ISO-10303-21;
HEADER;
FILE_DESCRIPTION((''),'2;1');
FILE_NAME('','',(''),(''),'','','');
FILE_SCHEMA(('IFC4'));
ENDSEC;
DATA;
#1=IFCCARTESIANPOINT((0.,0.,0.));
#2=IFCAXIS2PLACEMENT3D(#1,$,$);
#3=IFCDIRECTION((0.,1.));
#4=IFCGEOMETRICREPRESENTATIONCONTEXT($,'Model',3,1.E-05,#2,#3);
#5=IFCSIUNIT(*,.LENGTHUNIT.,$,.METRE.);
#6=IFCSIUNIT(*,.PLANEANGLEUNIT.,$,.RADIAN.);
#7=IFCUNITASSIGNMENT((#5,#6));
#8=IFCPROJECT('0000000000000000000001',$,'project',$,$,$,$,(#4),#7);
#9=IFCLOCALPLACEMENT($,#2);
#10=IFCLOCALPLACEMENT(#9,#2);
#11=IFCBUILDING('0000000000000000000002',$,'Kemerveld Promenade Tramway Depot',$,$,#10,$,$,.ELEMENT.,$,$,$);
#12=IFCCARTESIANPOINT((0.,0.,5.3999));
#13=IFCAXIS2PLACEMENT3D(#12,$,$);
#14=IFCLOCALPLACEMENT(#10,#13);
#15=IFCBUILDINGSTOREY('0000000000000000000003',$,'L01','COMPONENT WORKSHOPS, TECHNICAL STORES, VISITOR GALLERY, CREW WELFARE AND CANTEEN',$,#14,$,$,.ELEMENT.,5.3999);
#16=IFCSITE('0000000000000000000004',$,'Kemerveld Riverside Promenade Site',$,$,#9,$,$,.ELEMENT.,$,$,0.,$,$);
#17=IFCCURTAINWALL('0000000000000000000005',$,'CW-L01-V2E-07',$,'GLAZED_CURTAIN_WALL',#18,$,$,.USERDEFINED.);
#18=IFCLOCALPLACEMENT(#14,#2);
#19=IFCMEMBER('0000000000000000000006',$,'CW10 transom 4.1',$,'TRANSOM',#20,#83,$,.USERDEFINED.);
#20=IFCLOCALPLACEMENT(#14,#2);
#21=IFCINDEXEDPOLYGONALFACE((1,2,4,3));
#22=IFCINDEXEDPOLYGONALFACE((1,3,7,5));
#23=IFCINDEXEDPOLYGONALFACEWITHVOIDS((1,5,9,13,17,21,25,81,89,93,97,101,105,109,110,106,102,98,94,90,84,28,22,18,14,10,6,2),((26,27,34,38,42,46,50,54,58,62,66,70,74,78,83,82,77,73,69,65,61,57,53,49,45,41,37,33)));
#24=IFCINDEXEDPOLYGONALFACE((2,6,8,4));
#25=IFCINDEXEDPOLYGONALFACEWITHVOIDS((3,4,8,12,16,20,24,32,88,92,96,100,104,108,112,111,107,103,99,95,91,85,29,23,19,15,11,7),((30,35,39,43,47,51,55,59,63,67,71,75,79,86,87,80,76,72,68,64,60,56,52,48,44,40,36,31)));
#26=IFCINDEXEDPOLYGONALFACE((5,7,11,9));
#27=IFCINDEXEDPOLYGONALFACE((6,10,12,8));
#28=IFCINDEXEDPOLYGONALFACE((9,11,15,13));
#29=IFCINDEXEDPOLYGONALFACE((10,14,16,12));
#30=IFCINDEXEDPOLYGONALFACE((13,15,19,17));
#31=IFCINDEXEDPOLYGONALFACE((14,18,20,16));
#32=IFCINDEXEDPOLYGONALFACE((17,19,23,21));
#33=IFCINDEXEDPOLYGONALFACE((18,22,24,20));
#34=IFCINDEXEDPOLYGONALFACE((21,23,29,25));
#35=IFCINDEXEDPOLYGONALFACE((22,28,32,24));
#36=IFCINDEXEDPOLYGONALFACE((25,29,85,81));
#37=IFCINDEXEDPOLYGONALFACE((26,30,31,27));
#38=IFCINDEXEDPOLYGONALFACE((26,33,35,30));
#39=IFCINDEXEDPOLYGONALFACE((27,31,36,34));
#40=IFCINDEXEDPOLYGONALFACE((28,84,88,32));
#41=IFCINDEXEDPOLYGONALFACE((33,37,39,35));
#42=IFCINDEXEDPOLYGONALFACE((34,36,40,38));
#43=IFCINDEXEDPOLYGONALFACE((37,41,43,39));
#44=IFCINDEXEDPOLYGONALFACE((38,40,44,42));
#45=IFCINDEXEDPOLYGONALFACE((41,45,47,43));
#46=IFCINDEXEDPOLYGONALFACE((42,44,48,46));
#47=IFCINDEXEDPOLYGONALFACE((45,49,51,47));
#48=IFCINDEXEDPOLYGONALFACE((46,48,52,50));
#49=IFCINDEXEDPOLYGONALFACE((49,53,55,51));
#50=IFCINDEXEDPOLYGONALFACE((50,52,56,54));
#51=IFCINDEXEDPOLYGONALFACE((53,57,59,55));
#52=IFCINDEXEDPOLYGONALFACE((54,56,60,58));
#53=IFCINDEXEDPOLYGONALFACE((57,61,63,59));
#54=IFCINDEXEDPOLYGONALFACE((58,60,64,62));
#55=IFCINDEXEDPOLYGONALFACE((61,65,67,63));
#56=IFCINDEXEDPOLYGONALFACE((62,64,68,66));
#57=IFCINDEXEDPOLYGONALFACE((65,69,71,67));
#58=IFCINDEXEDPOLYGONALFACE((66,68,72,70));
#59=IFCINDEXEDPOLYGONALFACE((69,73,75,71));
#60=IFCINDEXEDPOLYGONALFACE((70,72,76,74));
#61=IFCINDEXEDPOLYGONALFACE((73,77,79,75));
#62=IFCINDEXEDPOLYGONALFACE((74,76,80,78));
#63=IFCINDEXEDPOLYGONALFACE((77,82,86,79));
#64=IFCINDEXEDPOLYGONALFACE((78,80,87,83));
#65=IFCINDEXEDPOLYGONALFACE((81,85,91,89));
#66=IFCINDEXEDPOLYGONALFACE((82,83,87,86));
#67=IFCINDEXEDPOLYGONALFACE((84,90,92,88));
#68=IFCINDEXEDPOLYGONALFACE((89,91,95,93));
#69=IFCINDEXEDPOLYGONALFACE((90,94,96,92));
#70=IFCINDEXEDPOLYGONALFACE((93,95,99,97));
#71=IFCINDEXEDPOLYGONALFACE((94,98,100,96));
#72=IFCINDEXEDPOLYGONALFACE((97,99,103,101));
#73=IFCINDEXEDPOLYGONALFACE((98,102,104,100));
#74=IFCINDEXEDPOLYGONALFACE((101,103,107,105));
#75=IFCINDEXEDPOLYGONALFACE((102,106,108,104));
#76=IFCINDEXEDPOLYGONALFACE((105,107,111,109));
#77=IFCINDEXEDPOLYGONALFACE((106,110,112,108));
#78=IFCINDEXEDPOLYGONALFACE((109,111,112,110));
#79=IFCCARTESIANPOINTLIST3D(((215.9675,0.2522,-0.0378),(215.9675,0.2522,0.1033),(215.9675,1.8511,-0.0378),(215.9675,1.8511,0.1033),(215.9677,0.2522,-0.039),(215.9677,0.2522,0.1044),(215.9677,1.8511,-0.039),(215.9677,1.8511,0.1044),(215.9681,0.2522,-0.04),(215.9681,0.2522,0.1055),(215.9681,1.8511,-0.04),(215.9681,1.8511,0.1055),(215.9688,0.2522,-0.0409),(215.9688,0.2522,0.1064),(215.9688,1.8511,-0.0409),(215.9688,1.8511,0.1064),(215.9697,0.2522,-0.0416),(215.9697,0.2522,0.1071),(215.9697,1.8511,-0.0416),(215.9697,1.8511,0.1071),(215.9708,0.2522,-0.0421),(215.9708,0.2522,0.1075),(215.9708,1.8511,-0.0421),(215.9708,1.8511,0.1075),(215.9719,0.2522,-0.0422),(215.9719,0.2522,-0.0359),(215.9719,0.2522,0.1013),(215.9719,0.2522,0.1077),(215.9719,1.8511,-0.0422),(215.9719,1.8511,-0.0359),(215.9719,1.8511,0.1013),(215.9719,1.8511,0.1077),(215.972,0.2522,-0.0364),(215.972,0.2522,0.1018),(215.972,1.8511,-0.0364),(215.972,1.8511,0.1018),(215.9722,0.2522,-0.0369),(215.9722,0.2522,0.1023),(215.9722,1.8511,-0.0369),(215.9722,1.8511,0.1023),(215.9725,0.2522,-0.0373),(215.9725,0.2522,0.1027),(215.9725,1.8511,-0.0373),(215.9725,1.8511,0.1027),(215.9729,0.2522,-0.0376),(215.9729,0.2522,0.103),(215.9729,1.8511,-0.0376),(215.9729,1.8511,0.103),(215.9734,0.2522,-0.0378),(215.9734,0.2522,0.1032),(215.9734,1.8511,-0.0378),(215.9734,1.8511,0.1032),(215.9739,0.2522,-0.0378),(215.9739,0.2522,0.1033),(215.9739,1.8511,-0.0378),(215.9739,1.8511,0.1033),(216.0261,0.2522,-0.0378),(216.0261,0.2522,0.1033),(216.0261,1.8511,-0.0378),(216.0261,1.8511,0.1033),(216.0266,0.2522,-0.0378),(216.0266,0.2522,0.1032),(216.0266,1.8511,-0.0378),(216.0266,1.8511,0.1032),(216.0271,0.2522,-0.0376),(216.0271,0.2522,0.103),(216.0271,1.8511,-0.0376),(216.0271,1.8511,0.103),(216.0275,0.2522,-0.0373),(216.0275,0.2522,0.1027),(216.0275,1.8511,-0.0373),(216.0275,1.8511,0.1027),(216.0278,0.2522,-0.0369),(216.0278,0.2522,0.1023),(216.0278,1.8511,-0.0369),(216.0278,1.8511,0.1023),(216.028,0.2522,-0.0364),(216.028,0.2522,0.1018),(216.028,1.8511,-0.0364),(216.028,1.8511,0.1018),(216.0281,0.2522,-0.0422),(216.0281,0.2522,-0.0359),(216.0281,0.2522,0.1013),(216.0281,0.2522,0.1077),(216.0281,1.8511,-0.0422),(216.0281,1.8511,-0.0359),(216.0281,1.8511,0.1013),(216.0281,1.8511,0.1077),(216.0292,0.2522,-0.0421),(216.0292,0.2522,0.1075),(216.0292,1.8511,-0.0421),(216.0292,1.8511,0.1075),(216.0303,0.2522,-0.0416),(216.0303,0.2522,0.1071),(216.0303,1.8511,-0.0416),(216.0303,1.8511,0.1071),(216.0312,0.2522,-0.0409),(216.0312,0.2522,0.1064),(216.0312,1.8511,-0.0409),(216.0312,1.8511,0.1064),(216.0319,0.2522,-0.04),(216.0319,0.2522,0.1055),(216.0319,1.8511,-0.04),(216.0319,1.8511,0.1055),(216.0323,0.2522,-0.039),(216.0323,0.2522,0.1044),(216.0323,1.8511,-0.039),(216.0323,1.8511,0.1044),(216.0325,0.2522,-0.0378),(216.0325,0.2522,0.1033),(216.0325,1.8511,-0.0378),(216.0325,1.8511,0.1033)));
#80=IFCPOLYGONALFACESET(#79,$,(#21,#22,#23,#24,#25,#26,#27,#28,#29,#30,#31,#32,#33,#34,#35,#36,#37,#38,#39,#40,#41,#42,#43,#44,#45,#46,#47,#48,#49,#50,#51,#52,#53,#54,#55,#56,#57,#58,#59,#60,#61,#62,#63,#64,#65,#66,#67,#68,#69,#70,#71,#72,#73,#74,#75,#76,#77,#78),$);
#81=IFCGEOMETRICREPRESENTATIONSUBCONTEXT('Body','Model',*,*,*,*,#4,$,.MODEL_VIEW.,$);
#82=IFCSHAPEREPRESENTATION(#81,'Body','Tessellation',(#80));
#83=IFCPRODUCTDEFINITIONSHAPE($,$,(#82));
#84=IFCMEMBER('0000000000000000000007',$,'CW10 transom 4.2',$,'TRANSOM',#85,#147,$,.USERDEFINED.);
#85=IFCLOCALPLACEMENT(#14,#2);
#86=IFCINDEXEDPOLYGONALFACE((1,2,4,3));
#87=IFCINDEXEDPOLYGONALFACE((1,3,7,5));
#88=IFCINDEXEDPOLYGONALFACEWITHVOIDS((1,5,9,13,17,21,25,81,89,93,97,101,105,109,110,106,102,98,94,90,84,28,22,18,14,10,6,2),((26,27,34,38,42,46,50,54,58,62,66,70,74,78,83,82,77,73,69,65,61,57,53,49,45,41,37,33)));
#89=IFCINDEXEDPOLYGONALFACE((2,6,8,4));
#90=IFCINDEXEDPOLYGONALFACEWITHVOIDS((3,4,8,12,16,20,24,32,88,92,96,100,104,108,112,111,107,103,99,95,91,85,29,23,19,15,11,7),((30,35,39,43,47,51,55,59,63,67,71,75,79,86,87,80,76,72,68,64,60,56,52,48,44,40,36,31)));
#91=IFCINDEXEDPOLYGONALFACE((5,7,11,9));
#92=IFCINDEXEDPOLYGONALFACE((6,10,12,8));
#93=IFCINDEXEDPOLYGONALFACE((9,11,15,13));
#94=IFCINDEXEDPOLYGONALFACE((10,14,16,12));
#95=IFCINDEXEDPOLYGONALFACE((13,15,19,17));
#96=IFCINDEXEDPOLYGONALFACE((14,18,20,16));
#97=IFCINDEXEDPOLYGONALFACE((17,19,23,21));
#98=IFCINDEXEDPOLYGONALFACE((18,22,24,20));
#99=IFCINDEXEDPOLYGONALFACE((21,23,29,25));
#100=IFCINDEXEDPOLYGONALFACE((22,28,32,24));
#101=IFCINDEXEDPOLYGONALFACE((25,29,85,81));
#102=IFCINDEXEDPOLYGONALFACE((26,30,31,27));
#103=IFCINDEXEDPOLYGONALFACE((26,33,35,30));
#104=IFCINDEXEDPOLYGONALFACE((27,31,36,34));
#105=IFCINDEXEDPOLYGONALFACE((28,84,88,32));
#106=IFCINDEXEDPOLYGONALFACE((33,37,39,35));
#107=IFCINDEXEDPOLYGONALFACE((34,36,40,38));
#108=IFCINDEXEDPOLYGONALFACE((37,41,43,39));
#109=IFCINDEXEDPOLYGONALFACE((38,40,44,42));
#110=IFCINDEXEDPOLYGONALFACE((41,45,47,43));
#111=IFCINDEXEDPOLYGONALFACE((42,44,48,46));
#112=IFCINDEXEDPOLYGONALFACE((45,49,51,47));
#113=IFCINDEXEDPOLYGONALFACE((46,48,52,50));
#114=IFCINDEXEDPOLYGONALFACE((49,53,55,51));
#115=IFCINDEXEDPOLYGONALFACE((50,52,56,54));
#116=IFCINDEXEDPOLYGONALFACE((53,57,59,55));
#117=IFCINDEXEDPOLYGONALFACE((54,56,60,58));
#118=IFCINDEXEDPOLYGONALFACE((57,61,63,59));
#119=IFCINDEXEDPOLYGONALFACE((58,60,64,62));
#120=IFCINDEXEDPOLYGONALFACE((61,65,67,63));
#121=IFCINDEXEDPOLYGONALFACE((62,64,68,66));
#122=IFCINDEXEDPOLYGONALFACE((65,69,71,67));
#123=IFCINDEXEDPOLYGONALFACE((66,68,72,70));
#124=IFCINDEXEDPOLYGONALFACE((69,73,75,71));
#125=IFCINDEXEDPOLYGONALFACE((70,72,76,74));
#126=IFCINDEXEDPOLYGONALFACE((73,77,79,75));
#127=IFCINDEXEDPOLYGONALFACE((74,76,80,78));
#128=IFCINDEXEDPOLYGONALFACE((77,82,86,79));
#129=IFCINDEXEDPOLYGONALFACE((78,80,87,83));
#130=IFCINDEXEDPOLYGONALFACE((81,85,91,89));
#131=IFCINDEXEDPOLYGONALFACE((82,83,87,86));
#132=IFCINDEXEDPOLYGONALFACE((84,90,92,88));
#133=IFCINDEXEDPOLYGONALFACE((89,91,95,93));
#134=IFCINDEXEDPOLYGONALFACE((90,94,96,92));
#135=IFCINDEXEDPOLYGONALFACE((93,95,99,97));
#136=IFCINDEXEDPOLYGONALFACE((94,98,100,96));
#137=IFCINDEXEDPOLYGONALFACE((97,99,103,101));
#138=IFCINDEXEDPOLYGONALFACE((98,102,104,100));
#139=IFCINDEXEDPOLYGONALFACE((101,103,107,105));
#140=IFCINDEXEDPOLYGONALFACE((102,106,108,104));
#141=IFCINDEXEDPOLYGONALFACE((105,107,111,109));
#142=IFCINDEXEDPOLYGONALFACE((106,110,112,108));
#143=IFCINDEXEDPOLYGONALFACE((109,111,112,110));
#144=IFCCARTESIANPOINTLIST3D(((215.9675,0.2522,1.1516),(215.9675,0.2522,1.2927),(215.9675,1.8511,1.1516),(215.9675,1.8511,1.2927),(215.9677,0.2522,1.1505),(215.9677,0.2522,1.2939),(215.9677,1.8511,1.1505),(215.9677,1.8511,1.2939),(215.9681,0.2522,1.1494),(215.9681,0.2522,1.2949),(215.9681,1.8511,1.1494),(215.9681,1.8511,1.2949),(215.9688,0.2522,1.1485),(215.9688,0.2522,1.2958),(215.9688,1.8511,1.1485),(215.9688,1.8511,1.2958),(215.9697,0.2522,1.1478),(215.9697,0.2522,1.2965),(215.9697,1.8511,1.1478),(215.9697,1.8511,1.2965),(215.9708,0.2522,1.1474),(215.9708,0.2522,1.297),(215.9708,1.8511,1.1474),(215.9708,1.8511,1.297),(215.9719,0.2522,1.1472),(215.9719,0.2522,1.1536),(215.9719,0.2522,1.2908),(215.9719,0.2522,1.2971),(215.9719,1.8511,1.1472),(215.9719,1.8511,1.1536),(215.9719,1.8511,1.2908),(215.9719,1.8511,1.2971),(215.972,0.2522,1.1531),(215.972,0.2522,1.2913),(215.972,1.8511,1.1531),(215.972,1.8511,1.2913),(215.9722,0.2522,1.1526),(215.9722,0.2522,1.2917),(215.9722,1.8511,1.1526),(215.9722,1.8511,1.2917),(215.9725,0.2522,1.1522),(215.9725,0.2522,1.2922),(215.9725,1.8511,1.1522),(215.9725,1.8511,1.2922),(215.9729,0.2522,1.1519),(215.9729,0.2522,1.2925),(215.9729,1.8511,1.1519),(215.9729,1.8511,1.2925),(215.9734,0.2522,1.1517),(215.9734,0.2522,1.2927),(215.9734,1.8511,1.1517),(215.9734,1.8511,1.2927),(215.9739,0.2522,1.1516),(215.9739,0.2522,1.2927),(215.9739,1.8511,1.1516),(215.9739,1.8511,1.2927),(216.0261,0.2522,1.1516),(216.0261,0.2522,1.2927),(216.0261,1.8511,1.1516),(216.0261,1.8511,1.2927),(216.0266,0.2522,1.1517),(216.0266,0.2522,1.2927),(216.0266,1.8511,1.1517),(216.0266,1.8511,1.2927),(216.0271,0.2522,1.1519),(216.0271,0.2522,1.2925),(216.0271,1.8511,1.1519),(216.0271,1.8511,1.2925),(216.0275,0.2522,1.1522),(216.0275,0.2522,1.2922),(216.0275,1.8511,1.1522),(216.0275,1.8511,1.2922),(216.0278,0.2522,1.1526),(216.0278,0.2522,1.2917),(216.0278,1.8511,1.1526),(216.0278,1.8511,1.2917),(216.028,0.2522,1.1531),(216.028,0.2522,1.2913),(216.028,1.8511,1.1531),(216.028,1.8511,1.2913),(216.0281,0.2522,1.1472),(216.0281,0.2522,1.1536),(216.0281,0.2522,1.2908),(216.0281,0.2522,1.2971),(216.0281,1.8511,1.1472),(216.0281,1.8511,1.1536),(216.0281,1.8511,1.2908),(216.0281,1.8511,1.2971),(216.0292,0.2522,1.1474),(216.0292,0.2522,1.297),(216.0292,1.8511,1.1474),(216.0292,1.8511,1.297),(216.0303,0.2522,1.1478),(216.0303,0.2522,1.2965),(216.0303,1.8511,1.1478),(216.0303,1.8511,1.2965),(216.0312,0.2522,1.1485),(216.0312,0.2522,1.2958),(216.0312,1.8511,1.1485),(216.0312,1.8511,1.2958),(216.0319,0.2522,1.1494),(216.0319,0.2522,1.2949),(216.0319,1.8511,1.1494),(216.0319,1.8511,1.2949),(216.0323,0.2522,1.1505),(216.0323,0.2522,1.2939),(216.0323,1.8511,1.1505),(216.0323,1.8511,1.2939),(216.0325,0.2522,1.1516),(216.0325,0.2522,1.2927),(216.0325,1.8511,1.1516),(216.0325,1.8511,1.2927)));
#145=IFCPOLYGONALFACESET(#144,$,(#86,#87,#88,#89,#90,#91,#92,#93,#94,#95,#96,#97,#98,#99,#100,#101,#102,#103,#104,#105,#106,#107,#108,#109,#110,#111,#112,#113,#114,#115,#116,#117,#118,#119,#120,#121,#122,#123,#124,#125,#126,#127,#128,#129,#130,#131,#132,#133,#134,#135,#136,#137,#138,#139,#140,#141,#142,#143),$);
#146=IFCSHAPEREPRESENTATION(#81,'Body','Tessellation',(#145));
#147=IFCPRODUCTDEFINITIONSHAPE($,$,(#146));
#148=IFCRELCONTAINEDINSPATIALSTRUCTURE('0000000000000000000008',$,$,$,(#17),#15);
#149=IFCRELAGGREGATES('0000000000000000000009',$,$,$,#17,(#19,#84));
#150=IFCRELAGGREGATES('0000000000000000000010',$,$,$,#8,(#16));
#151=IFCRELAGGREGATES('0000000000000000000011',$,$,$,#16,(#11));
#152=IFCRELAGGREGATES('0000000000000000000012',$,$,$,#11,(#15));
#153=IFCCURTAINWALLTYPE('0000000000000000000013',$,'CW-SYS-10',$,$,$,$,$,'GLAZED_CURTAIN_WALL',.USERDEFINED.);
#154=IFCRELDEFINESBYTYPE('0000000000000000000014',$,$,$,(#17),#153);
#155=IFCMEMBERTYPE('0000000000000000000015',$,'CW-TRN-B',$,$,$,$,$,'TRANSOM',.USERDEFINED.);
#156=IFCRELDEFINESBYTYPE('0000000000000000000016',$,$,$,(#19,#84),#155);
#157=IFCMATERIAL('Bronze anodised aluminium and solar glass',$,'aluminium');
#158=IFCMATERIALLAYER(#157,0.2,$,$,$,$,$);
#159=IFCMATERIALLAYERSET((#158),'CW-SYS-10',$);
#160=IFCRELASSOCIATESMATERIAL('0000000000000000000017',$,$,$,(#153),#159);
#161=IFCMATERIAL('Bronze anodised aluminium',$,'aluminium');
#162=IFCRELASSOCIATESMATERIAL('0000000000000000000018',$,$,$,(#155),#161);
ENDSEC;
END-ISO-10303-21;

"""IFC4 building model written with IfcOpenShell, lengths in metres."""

from ifc_helpers import new_model, si_unit, direction, frame, origin, origin_2d, place, context, subcontext, project, spatial, hollow_rectangle, extrude, material, layer, layer_set, material_profile, profile_set, type_object, element, aggregate, save


model = new_model("IFC4")

# Units and contexts
model_context = context("Model", 3, precision=1e-05, world=origin(), true_north=direction((0.0, 1.0)))
body_context = subcontext(model_context, "Body", "Model", "MODEL_VIEW")
ifc_project = project(units=[si_unit("LENGTHUNIT", "METRE"), si_unit("PLANEANGLEUNIT", "RADIAN")], contexts=[model_context])

# Site, building, storey
site_placement = place(None, origin())
site = spatial("IfcSite", under=ifc_project, at=site_placement, Name="Kemerveld Riverside Promenade Site", CompositionType="ELEMENT", RefElevation=0.0)
building_placement = place(site_placement, origin())
building = spatial("IfcBuilding", under=site, at=building_placement, Name="Kemerveld Promenade Tramway Depot", CompositionType="ELEMENT")
storey_placement = place(building_placement, frame((0.0, 0.0, 5.3999)))
storey = spatial("IfcBuildingStorey", under=building, at=storey_placement, Name="L01", Description="COMPONENT WORKSHOPS, TECHNICAL STORES, VISITOR GALLERY, CREW WELFARE AND CANTEEN", CompositionType="ELEMENT", Elevation=5.3999)

# Curtain wall, members
ifc_material_1 = material(Name="Bronze anodised aluminium and solar glass", Category="aluminium")
ifc_layer_1 = layer(ifc_material_1, 0.2)
ifc_layer_set_1 = layer_set([ifc_layer_1], Name="CW-SYS-10")
curtain_wall_type = type_object("IfcCurtainWallType", Name="CW-SYS-10", ElementType="GLAZED_CURTAIN_WALL", PredefinedType="USERDEFINED", material=ifc_layer_set_1)
curtain_wall_placement = place(storey_placement, origin())
curtain_wall = element("IfcCurtainWall", 1, at=curtain_wall_placement, inside=storey, type_object=curtain_wall_type, Name="CW-L01-V2E-07", ObjectType="GLAZED_CURTAIN_WALL", PredefinedType="USERDEFINED")
ifc_material_2 = material(Name="Bronze anodised aluminium", Category="aluminium")
ifc_material_profile_1 = material_profile(ifc_material_2, hollow_rectangle(XDim=0.0649, YDim=0.1499, WallThickness=0.0044, InnerFilletRadius=0.002, OuterFilletRadius=0.0044, at=origin_2d()), Name="CW-TRN-150x65")
ifc_profile_set_1 = profile_set([ifc_material_profile_1], Name="Bronze anodised aluminium")
member_type_1 = type_object("IfcMemberType", Name="CW-TRN-B", ElementType="TRANSOM", PredefinedType="USERDEFINED", material=ifc_profile_set_1)
member_1_placement = place(storey_placement, frame((216.0, 1.8511, 0.0327), z_axis=(0.0, -1.0, 0.0), x_axis=(1.0, 0.0, 0.0)))
member_1 = element("IfcMember", 2, at=member_1_placement, type_object=member_type_1, Name="CW10 transom 4.1", ObjectType="TRANSOM", PredefinedType="USERDEFINED", context=body_context, shape_type="SweptSolid", body=[
    extrude(hollow_rectangle(XDim=0.0649, YDim=0.1499, WallThickness=0.0044, InnerFilletRadius=0.002, OuterFilletRadius=0.0044, at=origin_2d()), origin(), (0.0, 0.0, 1.0), 1.5989),
])
member_2_placement = place(storey_placement, frame((216.0, 1.8511, 1.2222), z_axis=(0.0, -1.0, 0.0), x_axis=(1.0, 0.0, 0.0)))
member_2 = element("IfcMember", 3, at=member_2_placement, type_object=member_type_1, Name="CW10 transom 4.2", ObjectType="TRANSOM", PredefinedType="USERDEFINED", context=body_context, shape_type="SweptSolid", body=[
    extrude(hollow_rectangle(XDim=0.0649, YDim=0.1499, WallThickness=0.0044, InnerFilletRadius=0.002, OuterFilletRadius=0.0044, at=origin_2d()), origin(), (0.0, 0.0, 1.0), 1.5989),
])
aggregate(curtain_wall, [member_1, member_2])

save(model, "model.ifc")
